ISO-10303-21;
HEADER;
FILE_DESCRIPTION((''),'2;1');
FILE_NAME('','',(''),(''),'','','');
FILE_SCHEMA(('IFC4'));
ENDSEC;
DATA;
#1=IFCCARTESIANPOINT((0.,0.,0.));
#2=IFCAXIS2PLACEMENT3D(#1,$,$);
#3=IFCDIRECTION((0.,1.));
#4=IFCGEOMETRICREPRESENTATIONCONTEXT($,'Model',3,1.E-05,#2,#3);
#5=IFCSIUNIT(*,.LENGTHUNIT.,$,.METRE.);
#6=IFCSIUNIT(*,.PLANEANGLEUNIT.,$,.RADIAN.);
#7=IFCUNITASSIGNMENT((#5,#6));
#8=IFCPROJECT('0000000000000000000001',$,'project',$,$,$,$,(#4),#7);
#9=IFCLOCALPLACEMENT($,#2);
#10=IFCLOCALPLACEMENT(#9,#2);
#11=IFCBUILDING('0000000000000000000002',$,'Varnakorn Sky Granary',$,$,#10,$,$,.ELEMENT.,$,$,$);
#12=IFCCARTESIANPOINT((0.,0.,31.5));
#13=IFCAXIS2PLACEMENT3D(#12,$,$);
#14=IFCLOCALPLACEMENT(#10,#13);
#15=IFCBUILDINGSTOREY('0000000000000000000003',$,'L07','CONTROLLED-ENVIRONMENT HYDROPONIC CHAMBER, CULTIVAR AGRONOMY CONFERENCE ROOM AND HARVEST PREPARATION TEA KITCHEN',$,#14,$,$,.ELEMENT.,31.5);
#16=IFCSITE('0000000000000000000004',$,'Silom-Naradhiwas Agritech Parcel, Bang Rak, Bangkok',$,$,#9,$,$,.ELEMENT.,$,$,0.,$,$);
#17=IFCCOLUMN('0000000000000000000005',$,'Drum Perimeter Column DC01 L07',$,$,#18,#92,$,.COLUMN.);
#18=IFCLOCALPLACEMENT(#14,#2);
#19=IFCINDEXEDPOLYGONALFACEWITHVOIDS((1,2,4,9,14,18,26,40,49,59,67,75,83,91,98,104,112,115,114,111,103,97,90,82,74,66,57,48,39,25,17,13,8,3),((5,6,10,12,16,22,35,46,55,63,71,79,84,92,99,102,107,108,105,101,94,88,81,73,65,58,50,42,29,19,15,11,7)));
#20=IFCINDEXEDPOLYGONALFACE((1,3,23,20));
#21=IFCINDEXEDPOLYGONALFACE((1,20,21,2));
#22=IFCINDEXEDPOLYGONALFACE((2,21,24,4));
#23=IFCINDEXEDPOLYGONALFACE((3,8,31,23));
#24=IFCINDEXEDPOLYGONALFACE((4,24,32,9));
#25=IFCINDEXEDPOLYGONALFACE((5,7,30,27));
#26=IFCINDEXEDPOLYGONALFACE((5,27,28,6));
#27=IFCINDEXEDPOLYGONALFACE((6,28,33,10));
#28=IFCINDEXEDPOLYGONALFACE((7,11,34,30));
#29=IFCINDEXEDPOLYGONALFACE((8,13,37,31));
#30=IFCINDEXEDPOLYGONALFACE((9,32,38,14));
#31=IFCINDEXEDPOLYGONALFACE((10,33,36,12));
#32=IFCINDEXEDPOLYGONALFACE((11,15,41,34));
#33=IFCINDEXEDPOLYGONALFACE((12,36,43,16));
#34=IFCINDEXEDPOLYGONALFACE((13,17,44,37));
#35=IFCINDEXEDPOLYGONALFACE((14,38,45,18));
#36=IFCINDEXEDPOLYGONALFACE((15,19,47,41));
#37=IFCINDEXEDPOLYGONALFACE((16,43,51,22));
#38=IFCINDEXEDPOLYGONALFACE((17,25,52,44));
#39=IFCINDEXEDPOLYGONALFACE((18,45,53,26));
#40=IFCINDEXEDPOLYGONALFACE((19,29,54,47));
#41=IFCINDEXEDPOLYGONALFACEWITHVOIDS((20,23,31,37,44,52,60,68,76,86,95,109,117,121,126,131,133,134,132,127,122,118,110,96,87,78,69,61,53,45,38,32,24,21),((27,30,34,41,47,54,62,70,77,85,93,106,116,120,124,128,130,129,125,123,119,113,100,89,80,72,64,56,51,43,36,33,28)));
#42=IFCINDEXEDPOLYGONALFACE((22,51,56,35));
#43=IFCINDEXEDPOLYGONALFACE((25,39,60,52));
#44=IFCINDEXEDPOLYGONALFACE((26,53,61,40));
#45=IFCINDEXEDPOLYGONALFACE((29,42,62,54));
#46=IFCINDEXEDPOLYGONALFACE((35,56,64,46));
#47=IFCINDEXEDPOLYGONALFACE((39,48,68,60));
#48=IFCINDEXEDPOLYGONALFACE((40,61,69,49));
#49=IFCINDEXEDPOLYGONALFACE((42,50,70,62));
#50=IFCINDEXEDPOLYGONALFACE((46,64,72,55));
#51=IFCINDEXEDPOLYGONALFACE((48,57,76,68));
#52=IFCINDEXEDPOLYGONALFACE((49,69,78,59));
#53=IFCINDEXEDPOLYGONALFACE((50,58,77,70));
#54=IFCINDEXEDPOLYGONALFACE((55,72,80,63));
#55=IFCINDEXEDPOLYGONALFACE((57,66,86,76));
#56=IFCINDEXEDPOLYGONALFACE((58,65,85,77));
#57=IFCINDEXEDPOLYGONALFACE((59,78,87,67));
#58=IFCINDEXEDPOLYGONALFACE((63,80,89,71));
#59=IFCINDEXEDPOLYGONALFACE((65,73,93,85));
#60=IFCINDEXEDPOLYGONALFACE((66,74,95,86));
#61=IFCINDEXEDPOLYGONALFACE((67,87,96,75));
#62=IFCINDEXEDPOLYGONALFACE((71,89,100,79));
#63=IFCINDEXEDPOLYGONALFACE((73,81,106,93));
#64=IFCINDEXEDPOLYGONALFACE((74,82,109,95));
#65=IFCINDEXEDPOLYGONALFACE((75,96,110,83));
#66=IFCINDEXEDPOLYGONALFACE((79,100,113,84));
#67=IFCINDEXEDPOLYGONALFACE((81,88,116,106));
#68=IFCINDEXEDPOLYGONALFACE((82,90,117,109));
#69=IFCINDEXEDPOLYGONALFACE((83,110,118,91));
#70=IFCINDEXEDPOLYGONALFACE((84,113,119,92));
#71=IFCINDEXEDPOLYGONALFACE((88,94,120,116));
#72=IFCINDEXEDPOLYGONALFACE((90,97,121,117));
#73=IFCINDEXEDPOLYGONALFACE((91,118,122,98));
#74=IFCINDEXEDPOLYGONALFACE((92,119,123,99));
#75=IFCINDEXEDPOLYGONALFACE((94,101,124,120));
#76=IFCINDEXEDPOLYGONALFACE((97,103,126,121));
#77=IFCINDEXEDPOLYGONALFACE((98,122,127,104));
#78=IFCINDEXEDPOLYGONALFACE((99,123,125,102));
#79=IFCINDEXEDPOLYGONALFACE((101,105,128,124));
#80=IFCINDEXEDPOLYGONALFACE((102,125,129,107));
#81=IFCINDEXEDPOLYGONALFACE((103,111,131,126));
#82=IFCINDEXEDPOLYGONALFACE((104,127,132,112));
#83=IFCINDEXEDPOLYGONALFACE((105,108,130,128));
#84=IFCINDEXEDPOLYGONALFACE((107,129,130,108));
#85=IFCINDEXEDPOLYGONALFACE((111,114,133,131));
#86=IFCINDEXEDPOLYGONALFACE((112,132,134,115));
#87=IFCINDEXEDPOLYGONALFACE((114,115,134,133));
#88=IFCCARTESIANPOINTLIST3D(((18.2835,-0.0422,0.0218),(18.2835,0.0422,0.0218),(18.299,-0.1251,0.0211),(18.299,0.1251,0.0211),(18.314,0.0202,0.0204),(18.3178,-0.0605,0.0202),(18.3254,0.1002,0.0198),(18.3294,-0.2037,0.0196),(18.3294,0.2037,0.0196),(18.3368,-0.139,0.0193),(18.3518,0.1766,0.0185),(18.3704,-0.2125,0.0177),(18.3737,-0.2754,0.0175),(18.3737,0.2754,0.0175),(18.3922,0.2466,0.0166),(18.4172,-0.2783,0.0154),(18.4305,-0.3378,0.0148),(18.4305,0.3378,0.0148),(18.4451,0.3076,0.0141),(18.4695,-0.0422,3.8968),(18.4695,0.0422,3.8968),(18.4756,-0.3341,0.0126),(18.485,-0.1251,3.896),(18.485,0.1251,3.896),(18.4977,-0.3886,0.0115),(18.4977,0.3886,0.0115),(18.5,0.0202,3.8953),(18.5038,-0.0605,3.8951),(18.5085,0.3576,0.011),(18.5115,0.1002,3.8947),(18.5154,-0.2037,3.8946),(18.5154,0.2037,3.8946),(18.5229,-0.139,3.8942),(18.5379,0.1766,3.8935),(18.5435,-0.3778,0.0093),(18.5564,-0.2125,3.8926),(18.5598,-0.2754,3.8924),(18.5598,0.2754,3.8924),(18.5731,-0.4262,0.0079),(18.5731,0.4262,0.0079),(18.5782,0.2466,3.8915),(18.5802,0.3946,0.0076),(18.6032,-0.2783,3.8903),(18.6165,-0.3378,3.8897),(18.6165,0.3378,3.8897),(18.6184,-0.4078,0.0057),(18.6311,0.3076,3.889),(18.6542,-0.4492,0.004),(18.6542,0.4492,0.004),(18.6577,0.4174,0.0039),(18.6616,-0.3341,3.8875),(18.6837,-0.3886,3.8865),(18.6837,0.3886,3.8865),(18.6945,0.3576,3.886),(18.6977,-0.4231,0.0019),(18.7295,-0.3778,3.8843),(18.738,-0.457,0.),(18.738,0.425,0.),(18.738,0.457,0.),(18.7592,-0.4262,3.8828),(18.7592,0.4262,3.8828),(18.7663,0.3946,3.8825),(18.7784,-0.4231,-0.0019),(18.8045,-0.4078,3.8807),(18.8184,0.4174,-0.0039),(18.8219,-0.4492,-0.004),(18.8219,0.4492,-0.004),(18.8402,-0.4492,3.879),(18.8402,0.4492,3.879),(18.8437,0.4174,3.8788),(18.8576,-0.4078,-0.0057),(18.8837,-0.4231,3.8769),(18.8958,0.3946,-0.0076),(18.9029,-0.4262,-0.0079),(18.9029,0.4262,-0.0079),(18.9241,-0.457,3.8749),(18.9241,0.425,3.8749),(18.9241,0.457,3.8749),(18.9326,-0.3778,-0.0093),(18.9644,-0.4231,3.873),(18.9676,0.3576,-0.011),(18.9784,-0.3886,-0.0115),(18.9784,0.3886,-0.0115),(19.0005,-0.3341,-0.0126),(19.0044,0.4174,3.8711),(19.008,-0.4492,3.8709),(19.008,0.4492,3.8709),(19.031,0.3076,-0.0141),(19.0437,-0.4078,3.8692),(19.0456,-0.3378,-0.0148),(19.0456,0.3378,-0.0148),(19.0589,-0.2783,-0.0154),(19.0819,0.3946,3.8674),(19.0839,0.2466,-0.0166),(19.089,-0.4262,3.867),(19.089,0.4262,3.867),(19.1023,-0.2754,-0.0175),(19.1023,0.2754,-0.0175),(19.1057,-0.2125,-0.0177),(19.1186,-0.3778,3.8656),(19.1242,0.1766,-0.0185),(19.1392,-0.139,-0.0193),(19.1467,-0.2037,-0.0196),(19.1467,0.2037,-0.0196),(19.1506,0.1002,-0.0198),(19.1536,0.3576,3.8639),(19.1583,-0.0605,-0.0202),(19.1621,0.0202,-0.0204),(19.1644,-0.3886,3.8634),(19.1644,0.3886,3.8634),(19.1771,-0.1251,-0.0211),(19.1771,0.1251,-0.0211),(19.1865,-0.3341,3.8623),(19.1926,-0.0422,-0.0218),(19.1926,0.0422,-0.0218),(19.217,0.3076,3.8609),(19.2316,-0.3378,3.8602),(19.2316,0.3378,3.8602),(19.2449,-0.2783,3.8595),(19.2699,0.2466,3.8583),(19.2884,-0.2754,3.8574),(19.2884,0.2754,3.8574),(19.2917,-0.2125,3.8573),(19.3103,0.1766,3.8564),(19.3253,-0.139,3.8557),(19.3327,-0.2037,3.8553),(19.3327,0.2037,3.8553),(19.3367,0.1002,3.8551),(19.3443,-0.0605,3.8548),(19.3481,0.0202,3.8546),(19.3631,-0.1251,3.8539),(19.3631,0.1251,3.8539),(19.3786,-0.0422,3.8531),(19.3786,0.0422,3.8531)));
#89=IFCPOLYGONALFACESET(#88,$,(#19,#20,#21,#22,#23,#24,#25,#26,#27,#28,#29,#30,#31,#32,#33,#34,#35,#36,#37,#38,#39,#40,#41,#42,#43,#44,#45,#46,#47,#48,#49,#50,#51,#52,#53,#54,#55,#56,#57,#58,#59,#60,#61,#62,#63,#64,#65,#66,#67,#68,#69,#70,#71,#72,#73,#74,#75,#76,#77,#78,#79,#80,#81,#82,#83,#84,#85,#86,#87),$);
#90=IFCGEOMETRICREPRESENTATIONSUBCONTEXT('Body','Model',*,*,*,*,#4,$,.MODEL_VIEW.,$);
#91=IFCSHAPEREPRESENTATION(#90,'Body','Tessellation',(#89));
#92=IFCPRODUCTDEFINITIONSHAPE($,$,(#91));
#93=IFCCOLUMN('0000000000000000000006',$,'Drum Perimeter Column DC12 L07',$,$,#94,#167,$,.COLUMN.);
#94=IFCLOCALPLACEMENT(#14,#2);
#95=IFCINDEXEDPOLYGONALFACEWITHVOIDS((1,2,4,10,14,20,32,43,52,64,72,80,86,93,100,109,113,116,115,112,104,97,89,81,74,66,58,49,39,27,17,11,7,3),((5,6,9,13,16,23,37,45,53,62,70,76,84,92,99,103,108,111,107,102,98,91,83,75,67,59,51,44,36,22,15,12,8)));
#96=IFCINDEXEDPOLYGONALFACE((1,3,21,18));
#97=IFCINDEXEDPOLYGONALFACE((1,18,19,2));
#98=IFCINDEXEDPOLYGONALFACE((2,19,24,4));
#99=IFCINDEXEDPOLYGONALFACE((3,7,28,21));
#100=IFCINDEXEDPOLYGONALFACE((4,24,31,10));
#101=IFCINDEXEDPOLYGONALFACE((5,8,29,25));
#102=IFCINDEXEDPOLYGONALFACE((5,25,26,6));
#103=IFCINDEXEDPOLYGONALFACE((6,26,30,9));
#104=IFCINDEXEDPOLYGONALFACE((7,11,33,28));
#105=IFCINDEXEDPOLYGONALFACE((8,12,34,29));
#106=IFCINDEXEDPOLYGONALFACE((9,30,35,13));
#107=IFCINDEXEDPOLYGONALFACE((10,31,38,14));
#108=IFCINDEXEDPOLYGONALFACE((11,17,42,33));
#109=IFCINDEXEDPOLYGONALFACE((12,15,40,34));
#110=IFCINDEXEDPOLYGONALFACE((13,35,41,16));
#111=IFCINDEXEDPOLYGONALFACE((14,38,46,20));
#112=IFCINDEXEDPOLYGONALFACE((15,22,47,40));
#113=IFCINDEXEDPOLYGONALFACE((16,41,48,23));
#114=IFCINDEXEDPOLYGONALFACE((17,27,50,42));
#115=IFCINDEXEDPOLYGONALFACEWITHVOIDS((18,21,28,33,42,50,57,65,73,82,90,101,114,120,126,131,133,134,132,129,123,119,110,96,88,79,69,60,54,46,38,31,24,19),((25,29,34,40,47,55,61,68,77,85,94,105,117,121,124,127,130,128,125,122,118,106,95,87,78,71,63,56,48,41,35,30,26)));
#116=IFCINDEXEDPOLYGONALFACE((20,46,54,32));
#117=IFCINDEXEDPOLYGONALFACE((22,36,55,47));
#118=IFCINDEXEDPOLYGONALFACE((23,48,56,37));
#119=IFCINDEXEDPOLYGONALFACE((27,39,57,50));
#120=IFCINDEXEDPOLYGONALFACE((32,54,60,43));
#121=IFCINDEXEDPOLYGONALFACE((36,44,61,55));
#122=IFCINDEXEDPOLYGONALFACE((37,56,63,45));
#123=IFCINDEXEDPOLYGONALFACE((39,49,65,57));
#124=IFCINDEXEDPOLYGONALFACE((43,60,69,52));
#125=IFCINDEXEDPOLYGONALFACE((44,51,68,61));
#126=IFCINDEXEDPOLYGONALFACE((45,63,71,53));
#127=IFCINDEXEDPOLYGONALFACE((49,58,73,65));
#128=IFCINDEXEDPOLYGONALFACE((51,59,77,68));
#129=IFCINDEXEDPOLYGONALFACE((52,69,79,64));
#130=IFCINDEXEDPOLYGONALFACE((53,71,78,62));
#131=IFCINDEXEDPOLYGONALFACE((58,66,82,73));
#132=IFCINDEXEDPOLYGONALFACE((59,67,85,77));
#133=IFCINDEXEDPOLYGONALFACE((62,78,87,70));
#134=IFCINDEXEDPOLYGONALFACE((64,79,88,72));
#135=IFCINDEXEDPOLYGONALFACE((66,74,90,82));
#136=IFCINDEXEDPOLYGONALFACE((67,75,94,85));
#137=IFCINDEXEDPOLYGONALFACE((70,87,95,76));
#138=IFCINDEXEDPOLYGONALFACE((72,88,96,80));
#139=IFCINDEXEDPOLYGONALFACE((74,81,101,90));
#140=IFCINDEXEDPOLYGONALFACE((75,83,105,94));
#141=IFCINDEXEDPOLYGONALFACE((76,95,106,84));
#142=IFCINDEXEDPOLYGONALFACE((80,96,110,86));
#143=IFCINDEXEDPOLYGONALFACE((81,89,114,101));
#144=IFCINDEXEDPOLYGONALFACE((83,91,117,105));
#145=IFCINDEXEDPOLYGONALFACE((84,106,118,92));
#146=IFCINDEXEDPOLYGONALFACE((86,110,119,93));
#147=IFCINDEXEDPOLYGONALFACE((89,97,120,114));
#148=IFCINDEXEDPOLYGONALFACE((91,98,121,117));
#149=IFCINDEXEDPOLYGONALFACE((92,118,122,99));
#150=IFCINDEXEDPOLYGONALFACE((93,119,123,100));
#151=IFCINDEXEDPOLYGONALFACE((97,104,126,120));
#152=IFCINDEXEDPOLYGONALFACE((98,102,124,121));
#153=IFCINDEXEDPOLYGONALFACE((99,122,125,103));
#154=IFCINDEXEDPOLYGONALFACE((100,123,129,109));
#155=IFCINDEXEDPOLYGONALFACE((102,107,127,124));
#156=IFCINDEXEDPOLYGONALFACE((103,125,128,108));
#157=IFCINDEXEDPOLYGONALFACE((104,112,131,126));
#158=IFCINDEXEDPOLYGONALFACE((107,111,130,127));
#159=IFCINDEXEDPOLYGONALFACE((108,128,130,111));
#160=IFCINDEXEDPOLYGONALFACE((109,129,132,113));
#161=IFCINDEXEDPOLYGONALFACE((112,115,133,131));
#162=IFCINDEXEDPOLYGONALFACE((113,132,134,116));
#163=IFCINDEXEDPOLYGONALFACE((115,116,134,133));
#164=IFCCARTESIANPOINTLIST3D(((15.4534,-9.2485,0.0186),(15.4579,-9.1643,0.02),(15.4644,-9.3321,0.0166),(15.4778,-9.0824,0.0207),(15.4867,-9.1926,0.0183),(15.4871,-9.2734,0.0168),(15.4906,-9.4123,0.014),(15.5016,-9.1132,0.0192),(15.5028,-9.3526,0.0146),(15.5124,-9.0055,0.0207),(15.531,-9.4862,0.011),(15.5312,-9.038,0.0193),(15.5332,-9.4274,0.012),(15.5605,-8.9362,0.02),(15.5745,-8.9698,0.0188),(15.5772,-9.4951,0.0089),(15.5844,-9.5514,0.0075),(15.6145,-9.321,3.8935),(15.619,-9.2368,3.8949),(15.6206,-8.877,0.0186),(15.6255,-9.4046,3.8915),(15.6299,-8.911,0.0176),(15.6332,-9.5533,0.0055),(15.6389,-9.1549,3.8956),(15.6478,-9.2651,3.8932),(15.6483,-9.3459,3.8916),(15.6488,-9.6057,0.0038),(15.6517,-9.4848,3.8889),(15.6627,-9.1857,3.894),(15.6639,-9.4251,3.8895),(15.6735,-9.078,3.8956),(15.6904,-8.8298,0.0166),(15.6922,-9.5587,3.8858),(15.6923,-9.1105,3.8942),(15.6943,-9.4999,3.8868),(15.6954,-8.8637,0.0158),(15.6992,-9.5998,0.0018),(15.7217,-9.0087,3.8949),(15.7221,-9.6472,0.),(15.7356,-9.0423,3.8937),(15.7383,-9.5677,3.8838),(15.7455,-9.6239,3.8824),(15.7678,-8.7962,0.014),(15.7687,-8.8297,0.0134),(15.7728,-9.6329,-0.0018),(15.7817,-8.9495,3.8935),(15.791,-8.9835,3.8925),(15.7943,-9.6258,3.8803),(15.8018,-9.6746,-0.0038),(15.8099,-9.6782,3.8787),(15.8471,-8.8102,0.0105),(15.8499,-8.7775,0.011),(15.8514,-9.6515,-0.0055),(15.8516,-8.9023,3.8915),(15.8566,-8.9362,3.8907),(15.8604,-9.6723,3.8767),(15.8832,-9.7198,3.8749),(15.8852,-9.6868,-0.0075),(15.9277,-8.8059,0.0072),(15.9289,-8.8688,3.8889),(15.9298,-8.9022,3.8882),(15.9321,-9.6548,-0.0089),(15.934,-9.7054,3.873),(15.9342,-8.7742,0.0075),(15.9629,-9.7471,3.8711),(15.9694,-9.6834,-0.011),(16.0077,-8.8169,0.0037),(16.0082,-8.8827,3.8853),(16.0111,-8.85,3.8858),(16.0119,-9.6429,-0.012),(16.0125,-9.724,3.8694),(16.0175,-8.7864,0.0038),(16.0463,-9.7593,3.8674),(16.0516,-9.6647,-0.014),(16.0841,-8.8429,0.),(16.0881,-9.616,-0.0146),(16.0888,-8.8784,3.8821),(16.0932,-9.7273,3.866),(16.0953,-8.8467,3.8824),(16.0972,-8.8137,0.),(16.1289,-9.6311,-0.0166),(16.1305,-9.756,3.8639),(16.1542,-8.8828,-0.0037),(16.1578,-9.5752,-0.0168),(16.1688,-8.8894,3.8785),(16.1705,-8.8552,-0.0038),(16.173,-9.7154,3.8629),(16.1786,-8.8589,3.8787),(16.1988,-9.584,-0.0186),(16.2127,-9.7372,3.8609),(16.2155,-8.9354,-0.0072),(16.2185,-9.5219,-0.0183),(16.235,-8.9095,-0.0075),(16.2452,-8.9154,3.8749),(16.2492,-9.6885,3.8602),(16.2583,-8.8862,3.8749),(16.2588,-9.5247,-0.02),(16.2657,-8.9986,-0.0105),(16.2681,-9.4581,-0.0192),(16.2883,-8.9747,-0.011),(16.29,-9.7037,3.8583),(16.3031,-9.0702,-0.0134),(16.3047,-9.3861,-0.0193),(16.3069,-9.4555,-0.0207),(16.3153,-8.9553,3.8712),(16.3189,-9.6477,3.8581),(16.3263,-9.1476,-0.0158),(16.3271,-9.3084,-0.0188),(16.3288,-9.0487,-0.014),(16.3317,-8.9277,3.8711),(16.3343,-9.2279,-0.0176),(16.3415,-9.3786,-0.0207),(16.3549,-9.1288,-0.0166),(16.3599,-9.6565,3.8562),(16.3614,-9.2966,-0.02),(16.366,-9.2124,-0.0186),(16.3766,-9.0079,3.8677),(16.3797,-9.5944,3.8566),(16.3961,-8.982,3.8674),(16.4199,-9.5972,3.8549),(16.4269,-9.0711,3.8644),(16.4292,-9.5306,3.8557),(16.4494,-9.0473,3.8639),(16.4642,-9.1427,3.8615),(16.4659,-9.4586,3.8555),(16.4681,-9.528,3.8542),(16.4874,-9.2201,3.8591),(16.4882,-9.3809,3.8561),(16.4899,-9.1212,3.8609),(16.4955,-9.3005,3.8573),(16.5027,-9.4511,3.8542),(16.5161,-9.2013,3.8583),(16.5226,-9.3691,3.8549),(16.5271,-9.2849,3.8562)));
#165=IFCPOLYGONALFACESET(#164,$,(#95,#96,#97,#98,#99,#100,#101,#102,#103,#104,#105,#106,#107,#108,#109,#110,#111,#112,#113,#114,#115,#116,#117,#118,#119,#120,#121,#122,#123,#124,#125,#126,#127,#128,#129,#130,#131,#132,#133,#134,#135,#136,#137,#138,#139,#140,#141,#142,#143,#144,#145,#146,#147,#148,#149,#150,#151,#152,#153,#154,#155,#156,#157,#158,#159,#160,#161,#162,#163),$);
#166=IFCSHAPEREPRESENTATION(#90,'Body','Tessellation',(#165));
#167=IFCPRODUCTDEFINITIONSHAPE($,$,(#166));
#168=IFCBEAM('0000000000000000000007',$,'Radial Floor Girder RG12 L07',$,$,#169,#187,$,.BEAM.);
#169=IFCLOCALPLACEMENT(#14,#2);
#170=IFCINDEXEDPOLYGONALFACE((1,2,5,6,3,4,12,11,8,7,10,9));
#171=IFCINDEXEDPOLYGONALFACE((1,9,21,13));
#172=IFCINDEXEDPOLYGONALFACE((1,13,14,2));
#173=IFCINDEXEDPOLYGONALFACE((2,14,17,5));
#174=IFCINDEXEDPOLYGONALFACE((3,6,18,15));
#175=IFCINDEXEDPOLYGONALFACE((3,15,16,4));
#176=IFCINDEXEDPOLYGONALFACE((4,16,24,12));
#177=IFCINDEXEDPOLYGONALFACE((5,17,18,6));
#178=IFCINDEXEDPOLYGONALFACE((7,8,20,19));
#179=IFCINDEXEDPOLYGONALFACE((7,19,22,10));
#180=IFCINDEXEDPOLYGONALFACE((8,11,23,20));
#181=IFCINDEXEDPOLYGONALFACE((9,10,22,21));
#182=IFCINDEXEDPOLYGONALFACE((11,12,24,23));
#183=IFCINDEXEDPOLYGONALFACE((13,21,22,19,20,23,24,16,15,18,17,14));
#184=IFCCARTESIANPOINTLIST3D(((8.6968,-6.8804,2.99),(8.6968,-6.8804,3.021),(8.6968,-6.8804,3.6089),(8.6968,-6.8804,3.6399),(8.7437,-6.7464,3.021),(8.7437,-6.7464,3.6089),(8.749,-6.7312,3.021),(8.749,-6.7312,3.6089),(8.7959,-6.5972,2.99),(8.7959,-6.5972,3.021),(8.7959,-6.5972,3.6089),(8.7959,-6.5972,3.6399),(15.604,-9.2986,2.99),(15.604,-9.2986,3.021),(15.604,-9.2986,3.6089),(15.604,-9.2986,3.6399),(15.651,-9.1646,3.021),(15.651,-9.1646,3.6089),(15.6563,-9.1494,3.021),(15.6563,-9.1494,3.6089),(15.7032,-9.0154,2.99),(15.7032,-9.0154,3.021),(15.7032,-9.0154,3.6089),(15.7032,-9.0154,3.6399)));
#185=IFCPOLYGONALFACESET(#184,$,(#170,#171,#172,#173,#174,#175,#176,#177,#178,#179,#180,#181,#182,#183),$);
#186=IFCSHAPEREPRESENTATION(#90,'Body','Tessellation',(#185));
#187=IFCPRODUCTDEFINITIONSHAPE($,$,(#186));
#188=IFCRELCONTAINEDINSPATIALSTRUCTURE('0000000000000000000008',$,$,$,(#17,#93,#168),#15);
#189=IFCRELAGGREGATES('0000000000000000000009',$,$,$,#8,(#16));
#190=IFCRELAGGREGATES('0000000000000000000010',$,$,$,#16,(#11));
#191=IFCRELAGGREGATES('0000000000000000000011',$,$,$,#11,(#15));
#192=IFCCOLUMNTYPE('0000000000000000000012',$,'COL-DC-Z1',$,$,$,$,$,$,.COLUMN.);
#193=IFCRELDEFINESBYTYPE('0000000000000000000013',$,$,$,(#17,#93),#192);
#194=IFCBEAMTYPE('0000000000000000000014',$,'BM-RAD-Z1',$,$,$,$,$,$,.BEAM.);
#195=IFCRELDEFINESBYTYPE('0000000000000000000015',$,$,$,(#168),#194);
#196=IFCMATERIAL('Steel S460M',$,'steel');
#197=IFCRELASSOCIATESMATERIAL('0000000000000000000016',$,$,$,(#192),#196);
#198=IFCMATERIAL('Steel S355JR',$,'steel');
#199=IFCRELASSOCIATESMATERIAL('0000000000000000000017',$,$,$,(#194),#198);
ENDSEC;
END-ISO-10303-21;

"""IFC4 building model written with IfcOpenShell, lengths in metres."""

from ifc_helpers import new_model, si_unit, direction, frame, origin, origin_2d, place, context, subcontext, project, spatial, hollow_circle, i_section, extrude, material, material_profile, profile_set, type_object, element, save


model = new_model("IFC4")

# Units and contexts
model_context = context("Model", 3, precision=1e-05, world=origin(), true_north=direction((0.0, 1.0)))
body_context = subcontext(model_context, "Body", "Model", "MODEL_VIEW")
ifc_project = project(units=[si_unit("LENGTHUNIT", "METRE"), si_unit("PLANEANGLEUNIT", "RADIAN")], contexts=[model_context])

# Site, building, storey
site_placement = place(None, origin())
site = spatial("IfcSite", under=ifc_project, at=site_placement, Name="Silom-Naradhiwas Agritech Parcel, Bang Rak, Bangkok", CompositionType="ELEMENT", RefElevation=0.0)
building_placement = place(site_placement, origin())
building = spatial("IfcBuilding", under=site, at=building_placement, Name="Varnakorn Sky Granary", CompositionType="ELEMENT")
storey_placement = place(building_placement, frame((0.0, 0.0, 31.5)))
storey = spatial("IfcBuildingStorey", under=building, at=storey_placement, Name="L07", Description="CONTROLLED-ENVIRONMENT HYDROPONIC CHAMBER, CULTIVAR AGRONOMY CONFERENCE ROOM AND HARVEST PREPARATION TEA KITCHEN", CompositionType="ELEMENT", Elevation=31.5)

# Columns
ifc_material_1 = material(Name="Steel S460M", Category="steel")
ifc_material_profile_1 = material_profile(ifc_material_1, hollow_circle(Radius=0.457, WallThickness=0.032, at=origin_2d()), Name="CHS 914x32")
ifc_profile_set_1 = profile_set([ifc_material_profile_1], Name="Steel S460M")
column_type = type_object("IfcColumnType", Name="COL-DC-Z1", PredefinedType="COLUMN", material=ifc_profile_set_1)
column_1_placement = place(storey_placement, frame((18.738, 0.0, 0.0), z_axis=(0.047954, 0.0, 0.99885), x_axis=(0.0, 1.0, 0.0)))
element("IfcColumn", 1, at=column_1_placement, inside=storey, type_object=column_type, Name="Drum Perimeter Column DC01 L07", PredefinedType="COLUMN", context=body_context, shape_type="SweptSolid", body=[
    extrude(hollow_circle(Radius=0.457, WallThickness=0.032, at=origin_2d()), origin(), (0.0, 0.0, 1.0), 3.8794),
])
column_2_placement = place(storey_placement, frame((15.9097, -9.2305, 0.0), z_axis=(0.041539, -0.018693, 0.998962), x_axis=(0.410365, 0.911922, 0.0)))
element("IfcColumn", 2, at=column_2_placement, inside=storey, type_object=column_type, Name="Drum Perimeter Column DC12 L07", PredefinedType="COLUMN", context=body_context, shape_type="SweptSolid", body=[
    extrude(hollow_circle(Radius=0.457, WallThickness=0.032, at=origin_2d()), origin(), (0.0, 0.0, 1.0), 3.8789),
])

# Beam
ifc_material_2 = material(Name="Steel S355JR", Category="steel")
ifc_material_profile_2 = material_profile(ifc_material_2, i_section(OverallWidth=0.3, OverallDepth=0.6499, WebThickness=0.0161, FlangeThickness=0.031, at=origin_2d()), Name="HE 650 B")
ifc_profile_set_2 = profile_set([ifc_material_profile_2], Name="Steel S355JR")
beam_type_1 = type_object("IfcBeamType", Name="BM-RAD-Z1", PredefinedType="BEAM", material=ifc_profile_set_2)
beam_1_placement = place(storey_placement, frame((8.7463, -6.7388, 3.3149), z_axis=(0.943829, -0.330434, 0.0), x_axis=(0.330434, 0.943829, 0.0)))
element("IfcBeam", 3, at=beam_1_placement, inside=storey, type_object=beam_type_1, Name="Radial Floor Girder RG12 L07", PredefinedType="BEAM", context=body_context, shape_type="SweptSolid", body=[
    extrude(i_section(OverallWidth=0.3, OverallDepth=0.6499, WebThickness=0.0161, FlangeThickness=0.031, at=origin_2d()), origin(), (0.0, 0.0, 1.0), 7.3184),
])

save(model, "model.ifc")
